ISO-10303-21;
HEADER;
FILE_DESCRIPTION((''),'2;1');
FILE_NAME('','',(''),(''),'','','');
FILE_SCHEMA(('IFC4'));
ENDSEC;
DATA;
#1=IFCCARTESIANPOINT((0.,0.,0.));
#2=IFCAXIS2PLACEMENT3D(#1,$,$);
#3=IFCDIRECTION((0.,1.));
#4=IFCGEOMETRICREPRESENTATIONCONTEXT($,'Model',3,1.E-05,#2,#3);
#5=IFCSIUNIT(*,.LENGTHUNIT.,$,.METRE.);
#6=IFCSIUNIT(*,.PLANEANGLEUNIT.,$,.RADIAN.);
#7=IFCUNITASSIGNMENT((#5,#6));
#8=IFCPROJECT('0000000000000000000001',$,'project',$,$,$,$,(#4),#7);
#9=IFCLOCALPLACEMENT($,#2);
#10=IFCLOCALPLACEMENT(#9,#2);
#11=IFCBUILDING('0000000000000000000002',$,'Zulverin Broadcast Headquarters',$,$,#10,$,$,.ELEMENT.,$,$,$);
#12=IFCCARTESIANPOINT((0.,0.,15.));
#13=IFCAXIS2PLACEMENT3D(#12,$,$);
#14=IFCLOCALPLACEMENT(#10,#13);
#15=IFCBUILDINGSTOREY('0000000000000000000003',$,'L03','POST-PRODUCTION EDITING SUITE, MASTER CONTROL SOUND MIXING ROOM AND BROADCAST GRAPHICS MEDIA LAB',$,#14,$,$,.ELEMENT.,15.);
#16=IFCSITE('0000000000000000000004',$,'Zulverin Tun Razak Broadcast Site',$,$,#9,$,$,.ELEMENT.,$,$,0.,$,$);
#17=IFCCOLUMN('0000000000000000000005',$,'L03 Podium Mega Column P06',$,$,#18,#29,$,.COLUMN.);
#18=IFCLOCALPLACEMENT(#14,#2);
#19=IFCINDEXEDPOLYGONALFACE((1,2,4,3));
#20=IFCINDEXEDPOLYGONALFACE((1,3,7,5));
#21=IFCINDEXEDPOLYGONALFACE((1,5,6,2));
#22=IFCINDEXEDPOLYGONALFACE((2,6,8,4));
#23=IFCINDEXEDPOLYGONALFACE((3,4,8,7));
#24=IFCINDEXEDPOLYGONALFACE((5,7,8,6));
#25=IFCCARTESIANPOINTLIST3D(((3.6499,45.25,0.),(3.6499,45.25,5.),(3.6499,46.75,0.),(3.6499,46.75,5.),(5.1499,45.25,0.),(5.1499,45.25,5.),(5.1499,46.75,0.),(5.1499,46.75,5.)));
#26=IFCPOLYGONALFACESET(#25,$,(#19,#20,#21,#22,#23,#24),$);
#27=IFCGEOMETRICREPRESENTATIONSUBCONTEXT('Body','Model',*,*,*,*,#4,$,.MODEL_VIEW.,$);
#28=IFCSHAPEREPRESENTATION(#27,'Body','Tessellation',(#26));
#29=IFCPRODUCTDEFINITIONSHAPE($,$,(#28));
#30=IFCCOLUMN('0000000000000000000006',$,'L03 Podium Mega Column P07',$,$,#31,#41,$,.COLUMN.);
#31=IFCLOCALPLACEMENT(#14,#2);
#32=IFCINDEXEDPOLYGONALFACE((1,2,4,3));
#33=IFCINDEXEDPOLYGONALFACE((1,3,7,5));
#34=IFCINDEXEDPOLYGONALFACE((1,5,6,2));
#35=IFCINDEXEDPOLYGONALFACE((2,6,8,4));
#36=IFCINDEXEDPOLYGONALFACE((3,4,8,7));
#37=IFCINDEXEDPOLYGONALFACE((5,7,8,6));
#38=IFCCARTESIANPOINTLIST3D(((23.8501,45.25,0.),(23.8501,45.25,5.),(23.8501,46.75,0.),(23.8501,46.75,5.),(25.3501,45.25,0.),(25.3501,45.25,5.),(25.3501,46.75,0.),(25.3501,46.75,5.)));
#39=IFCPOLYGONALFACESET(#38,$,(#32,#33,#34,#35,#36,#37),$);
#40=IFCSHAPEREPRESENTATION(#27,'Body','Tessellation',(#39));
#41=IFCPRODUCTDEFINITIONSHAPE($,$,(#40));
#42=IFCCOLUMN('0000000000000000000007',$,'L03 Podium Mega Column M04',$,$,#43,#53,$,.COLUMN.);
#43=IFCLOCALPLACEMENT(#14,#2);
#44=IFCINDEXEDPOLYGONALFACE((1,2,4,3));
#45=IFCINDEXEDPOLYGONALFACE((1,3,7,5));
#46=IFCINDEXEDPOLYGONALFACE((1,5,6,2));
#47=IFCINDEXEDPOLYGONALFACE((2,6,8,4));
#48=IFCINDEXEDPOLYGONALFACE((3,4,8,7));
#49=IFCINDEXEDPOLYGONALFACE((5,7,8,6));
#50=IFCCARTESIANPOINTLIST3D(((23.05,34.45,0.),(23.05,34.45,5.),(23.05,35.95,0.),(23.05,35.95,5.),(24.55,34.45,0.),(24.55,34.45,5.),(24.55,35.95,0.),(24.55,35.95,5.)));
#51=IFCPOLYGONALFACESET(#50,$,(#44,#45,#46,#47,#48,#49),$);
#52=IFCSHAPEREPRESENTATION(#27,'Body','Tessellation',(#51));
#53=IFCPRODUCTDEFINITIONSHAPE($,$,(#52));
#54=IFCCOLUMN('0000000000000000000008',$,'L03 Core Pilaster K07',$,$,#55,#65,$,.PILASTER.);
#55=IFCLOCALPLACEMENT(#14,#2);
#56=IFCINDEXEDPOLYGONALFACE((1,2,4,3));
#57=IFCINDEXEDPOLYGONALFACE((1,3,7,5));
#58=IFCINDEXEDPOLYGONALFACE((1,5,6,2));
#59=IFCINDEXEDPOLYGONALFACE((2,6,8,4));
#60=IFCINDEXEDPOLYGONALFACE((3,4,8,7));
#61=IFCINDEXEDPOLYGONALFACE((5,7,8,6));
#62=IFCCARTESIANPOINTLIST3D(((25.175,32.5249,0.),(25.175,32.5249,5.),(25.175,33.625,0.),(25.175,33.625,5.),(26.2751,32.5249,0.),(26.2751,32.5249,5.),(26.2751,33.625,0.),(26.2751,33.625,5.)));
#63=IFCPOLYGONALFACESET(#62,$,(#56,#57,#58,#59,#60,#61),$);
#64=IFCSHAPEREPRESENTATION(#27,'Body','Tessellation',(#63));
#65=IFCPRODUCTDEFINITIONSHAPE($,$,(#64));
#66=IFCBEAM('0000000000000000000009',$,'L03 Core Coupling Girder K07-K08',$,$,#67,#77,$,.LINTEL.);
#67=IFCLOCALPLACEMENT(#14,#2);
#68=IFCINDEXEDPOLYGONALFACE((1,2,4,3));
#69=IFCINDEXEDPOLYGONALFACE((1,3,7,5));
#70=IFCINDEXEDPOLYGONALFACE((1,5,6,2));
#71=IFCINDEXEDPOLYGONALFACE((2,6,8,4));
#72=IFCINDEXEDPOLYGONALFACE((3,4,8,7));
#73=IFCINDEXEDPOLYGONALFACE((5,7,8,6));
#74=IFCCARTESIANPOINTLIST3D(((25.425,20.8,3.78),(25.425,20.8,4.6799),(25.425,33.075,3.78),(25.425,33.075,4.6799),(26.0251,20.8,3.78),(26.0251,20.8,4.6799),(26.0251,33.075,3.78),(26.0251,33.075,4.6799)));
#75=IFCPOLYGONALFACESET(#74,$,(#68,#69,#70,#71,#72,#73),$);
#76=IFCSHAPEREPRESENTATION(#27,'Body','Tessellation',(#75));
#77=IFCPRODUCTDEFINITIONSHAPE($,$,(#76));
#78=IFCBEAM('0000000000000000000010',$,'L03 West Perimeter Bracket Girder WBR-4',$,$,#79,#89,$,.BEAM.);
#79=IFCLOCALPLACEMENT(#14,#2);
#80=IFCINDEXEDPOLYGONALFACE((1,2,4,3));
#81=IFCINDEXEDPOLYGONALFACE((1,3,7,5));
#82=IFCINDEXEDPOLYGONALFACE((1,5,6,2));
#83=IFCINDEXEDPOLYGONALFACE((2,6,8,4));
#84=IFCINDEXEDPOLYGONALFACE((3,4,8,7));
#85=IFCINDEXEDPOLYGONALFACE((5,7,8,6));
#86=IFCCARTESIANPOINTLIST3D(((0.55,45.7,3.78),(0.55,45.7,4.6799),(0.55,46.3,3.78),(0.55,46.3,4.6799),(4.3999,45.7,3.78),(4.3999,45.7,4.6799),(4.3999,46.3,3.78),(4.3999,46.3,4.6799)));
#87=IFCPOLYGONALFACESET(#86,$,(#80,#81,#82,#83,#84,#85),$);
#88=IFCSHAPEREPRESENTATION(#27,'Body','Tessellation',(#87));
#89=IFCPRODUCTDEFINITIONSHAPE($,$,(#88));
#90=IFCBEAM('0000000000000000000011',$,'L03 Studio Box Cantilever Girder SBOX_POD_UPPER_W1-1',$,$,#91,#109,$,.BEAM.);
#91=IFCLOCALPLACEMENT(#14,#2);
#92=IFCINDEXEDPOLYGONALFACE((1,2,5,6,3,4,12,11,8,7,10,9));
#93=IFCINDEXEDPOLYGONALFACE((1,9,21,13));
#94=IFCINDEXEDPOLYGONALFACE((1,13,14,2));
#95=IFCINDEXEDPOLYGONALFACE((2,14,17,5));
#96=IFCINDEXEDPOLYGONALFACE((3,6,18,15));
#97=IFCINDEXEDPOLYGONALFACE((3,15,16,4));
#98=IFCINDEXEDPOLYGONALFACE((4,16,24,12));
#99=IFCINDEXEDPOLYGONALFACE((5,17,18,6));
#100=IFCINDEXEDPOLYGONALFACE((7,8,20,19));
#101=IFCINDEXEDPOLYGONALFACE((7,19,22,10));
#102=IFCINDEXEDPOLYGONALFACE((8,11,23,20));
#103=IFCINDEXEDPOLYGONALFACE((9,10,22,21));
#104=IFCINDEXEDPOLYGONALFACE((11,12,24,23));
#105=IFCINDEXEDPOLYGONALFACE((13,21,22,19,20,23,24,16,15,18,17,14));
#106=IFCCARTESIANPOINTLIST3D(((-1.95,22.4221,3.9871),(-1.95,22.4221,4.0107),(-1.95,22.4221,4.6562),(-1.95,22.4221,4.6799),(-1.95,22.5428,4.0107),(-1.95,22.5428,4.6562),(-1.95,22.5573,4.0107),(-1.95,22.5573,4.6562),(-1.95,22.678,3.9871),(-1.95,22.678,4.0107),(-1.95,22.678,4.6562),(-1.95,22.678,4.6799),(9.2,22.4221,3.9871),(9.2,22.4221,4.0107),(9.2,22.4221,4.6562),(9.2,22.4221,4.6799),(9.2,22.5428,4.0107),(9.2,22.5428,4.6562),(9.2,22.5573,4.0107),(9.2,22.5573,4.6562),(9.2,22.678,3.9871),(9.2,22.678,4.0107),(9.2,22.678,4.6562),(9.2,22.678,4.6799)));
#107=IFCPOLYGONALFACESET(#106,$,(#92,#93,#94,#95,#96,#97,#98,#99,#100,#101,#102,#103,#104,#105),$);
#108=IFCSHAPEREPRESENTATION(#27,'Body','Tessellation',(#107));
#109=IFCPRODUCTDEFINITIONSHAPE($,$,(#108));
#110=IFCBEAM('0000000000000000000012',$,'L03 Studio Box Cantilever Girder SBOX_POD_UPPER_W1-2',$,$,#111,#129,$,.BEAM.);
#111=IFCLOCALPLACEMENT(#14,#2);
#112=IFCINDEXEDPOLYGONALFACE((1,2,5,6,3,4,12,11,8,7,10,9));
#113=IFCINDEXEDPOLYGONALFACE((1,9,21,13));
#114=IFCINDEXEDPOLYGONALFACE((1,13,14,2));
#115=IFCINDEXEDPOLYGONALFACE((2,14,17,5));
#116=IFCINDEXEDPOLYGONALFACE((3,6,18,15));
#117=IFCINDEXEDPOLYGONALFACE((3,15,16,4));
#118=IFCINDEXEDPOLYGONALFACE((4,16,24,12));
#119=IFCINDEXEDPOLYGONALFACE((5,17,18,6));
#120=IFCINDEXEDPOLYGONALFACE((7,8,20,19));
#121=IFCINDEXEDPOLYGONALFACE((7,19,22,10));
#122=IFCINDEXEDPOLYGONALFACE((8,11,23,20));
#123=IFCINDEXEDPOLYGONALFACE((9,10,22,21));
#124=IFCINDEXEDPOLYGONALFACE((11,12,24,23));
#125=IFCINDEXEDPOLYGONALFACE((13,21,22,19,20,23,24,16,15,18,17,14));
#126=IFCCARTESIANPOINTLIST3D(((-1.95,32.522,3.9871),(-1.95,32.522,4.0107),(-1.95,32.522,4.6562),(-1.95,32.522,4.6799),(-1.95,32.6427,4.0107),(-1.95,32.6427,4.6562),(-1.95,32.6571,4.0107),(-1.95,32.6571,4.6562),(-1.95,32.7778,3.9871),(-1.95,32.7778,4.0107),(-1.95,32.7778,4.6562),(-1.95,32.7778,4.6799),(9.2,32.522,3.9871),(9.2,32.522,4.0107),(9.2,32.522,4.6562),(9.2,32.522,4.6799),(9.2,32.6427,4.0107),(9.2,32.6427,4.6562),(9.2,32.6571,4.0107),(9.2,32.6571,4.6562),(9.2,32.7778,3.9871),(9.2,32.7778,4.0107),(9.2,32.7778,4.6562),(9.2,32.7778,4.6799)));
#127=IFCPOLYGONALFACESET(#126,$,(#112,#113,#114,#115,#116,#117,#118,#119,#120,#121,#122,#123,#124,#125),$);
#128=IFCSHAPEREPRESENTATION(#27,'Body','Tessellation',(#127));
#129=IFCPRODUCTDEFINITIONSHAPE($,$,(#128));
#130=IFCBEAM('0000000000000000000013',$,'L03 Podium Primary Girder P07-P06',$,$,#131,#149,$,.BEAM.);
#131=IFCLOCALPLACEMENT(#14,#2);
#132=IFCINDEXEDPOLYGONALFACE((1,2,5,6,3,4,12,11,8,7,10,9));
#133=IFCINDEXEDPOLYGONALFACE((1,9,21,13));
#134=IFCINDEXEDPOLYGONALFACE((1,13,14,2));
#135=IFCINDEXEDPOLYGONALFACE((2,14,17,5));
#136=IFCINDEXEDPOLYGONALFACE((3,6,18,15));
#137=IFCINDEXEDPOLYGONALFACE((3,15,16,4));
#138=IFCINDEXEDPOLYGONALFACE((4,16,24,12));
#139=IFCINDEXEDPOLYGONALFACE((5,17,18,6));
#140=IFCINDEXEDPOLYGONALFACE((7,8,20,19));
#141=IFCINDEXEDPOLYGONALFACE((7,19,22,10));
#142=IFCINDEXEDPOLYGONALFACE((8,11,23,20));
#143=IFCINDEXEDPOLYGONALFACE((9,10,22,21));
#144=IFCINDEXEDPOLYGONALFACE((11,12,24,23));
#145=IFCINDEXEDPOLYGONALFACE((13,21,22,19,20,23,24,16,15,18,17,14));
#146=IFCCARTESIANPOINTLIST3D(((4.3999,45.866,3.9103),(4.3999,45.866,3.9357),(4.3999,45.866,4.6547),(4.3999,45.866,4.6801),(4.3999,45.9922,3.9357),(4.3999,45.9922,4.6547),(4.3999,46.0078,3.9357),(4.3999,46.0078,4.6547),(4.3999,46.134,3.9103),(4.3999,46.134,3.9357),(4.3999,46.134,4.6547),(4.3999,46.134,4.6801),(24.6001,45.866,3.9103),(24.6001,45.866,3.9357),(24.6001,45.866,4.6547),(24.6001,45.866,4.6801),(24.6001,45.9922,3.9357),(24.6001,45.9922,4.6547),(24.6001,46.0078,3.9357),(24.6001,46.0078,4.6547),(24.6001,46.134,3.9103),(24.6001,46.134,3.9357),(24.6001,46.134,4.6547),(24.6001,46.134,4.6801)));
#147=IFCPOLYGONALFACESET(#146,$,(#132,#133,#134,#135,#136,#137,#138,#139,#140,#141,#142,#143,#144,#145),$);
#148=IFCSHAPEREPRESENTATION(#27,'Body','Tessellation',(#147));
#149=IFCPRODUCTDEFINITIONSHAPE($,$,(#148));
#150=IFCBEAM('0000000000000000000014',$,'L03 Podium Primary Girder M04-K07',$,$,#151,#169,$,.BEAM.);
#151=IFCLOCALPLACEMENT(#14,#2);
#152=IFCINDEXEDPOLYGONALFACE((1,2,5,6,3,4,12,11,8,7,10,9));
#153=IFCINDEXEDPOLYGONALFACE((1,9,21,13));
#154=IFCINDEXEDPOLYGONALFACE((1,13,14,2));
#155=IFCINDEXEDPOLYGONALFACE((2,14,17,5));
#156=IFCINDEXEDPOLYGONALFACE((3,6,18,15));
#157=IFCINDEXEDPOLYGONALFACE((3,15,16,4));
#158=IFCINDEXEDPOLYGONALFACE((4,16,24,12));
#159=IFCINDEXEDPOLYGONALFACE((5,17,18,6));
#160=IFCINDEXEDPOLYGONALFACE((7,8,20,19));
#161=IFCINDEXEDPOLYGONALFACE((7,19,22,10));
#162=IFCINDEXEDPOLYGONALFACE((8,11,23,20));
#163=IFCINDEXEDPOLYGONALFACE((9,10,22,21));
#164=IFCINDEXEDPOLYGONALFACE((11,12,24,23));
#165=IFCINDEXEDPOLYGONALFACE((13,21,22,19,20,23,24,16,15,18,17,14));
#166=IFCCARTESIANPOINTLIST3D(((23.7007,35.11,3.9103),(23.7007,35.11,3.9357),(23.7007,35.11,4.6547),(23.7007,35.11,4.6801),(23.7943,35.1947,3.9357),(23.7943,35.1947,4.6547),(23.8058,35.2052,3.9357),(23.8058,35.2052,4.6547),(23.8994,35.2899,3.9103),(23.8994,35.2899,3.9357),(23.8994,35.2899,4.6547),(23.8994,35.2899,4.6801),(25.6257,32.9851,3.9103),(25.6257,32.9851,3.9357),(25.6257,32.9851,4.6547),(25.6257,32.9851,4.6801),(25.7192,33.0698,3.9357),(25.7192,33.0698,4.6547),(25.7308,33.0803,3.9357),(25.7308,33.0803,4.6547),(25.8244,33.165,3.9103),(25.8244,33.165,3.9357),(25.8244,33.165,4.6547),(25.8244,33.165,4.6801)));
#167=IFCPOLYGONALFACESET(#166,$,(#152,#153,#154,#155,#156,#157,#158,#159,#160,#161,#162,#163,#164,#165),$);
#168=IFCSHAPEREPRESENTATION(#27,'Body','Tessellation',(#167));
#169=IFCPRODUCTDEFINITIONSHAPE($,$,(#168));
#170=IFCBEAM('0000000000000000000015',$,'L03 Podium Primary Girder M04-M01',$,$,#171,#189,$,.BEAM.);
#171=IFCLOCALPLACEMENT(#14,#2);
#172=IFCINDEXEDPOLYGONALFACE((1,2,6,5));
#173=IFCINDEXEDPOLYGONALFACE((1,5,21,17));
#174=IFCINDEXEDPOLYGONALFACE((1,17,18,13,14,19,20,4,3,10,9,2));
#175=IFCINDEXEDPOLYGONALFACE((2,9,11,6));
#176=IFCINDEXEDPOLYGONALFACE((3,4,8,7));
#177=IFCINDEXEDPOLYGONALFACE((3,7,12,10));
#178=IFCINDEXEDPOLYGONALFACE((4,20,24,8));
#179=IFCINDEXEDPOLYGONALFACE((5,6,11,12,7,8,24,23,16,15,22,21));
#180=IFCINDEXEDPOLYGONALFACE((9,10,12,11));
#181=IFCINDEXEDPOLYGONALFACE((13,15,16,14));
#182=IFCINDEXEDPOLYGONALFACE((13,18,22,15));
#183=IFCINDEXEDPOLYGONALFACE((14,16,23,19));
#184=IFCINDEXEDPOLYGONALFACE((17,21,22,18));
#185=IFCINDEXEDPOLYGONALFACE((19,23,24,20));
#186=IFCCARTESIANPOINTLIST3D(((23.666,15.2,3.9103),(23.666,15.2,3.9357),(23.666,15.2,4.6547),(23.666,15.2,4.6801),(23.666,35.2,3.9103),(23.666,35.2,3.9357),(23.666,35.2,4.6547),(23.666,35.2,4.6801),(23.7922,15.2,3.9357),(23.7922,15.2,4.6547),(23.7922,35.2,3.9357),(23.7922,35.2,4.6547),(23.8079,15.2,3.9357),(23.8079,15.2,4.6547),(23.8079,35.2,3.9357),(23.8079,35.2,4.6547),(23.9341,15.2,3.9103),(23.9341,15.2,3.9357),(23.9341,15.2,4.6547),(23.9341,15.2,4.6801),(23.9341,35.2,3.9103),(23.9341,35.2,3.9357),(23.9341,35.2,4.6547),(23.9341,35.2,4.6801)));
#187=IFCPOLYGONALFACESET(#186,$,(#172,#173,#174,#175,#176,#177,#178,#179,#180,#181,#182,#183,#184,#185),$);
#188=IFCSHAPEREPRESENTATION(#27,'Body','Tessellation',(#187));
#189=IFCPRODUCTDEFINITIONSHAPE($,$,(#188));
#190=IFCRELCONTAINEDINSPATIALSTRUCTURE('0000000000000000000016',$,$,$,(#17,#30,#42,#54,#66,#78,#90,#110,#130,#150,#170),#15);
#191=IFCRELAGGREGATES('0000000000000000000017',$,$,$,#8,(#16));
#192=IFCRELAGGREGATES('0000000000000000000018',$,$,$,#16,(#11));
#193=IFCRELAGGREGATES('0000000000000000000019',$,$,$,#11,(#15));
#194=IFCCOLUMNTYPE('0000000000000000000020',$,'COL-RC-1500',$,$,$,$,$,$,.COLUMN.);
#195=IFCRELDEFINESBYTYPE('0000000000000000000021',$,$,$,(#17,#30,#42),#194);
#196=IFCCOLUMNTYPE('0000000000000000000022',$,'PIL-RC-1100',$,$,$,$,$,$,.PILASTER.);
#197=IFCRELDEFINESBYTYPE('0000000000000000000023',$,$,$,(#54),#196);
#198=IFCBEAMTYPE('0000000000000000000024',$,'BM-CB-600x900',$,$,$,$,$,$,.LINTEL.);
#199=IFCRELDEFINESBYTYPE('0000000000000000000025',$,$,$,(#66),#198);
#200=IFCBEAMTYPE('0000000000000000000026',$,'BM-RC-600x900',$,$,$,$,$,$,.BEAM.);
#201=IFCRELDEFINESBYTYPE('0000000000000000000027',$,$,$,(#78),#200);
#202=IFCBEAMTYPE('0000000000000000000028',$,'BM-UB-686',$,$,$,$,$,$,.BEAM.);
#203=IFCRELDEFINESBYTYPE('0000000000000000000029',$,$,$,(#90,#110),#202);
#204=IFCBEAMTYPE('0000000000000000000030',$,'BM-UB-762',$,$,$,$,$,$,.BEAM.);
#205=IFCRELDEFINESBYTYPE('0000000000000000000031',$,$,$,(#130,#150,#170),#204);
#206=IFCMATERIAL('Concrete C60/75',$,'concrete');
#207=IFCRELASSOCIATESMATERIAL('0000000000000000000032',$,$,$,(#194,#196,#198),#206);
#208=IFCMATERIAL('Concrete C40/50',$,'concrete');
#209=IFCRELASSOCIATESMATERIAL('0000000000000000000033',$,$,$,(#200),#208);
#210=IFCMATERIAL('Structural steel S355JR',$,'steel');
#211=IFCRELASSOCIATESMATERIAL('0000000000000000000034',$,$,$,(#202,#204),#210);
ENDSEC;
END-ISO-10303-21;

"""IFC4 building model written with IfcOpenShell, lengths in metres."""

from ifc_helpers import new_model, si_unit, direction, frame, origin, origin_2d, place, context, subcontext, project, spatial, rectangle, i_section, extrude, material, material_profile, profile_set, type_object, element, save


model = new_model("IFC4")

# Units and contexts
model_context = context("Model", 3, precision=1e-05, world=origin(), true_north=direction((0.0, 1.0)))
body_context = subcontext(model_context, "Body", "Model", "MODEL_VIEW")
ifc_project = project(units=[si_unit("LENGTHUNIT", "METRE"), si_unit("PLANEANGLEUNIT", "RADIAN")], contexts=[model_context])

# Site, building, storey
site_placement = place(None, origin())
site = spatial("IfcSite", under=ifc_project, at=site_placement, Name="Zulverin Tun Razak Broadcast Site", CompositionType="ELEMENT", RefElevation=0.0)
building_placement = place(site_placement, origin())
building = spatial("IfcBuilding", under=site, at=building_placement, Name="Zulverin Broadcast Headquarters", CompositionType="ELEMENT")
storey_placement = place(building_placement, frame((0.0, 0.0, 15.0)))
storey = spatial("IfcBuildingStorey", under=building, at=storey_placement, Name="L03", Description="POST-PRODUCTION EDITING SUITE, MASTER CONTROL SOUND MIXING ROOM AND BROADCAST GRAPHICS MEDIA LAB", CompositionType="ELEMENT", Elevation=15.0)

# Columns
ifc_material_1 = material(Name="Concrete C60/75", Category="concrete")
ifc_material_profile_1 = material_profile(ifc_material_1, rectangle(XDim=1.5, YDim=1.5, at=origin_2d()), Name="Concrete C60/75", Category="concrete")
ifc_profile_set_1 = profile_set([ifc_material_profile_1], Name="Concrete C60/75")
column_type_1 = type_object("IfcColumnType", Name="COL-RC-1500", PredefinedType="COLUMN", material=ifc_profile_set_1)
for number, where, z_axis, x_axis, name in (
    (1, (4.3999, 46.0, 0.0), (0.0, 0.0, 1.0), (1.0, 0.0, 0.0), "L03 Podium Mega Column P06"),
    (2, (24.6001, 46.0, 0.0), (0.0, 0.0, 1.0), (1.0, 0.0, 0.0), "L03 Podium Mega Column P07"),
    (3, (23.8, 35.2, 0.0), (0.0, 0.0, 1.0), (1.0, 0.0, 0.0), "L03 Podium Mega Column M04"),
):
    element("IfcColumn", number, at=place(storey_placement, frame(where, z_axis=z_axis, x_axis=x_axis)), inside=storey, type_object=column_type_1, Name=name, PredefinedType="COLUMN", context=body_context, shape_type="SweptSolid", body=[
        extrude(rectangle(XDim=1.5, YDim=1.5, at=origin_2d()), origin(), (0.0, 0.0, 1.0), 5.0),
    ])
ifc_material_profile_2 = material_profile(ifc_material_1, rectangle(XDim=1.1001, YDim=1.1001, at=origin_2d()), Name="Concrete C60/75", Category="concrete")
ifc_profile_set_2 = profile_set([ifc_material_profile_2], Name="Concrete C60/75")
column_type_2 = type_object("IfcColumnType", Name="PIL-RC-1100", PredefinedType="PILASTER", material=ifc_profile_set_2)
column_placement = place(storey_placement, frame((25.7251, 33.075, 0.0), z_axis=(0.0, 0.0, 1.0), x_axis=(1.0, 0.0, 0.0)))
element("IfcColumn", 4, at=column_placement, inside=storey, type_object=column_type_2, Name="L03 Core Pilaster K07", PredefinedType="PILASTER", context=body_context, shape_type="SweptSolid", body=[
    extrude(rectangle(XDim=1.1001, YDim=1.1001, at=origin_2d()), origin(), (0.0, 0.0, 1.0), 5.0),
])

# Beams
ifc_material_profile_3 = material_profile(ifc_material_1, rectangle(XDim=0.6001, YDim=0.8999, at=origin_2d()), Name="Concrete C60/75", Category="concrete")
ifc_profile_set_3 = profile_set([ifc_material_profile_3], Name="Concrete C60/75")
beam_type_1 = type_object("IfcBeamType", Name="BM-CB-600x900", PredefinedType="LINTEL", material=ifc_profile_set_3)
beam_1_placement = place(storey_placement, frame((25.7251, 33.075, 4.23), z_axis=(0.0, -1.0, 0.0), x_axis=(1.0, 0.0, 0.0)))
element("IfcBeam", 5, at=beam_1_placement, inside=storey, type_object=beam_type_1, Name="L03 Core Coupling Girder K07-K08", PredefinedType="LINTEL", context=body_context, shape_type="SweptSolid", body=[
    extrude(rectangle(XDim=0.6001, YDim=0.8999, at=origin_2d()), origin(), (0.0, 0.0, 1.0), 12.2749),
])
ifc_material_2 = material(Name="Concrete C40/50", Category="concrete")
ifc_material_profile_4 = material_profile(ifc_material_2, rectangle(XDim=0.6001, YDim=0.8999, at=origin_2d()), Name="Concrete C40/50", Category="concrete")
ifc_profile_set_4 = profile_set([ifc_material_profile_4], Name="Concrete C40/50")
beam_type_2 = type_object("IfcBeamType", Name="BM-RC-600x900", PredefinedType="BEAM", material=ifc_profile_set_4)
beam_2_placement = place(storey_placement, frame((4.3999, 46.0, 4.23), z_axis=(-1.0, 0.0, 0.0), x_axis=(0.0, -1.0, 0.0)))
element("IfcBeam", 6, at=beam_2_placement, inside=storey, type_object=beam_type_2, Name="L03 West Perimeter Bracket Girder WBR-4", PredefinedType="BEAM", context=body_context, shape_type="SweptSolid", body=[
    extrude(rectangle(XDim=0.6001, YDim=0.8999, at=origin_2d()), origin(), (0.0, 0.0, 1.0), 3.8499),
])
ifc_material_3 = material(Name="Structural steel S355JR", Category="steel")
ifc_material_profile_5 = material_profile(ifc_material_3, i_section(OverallWidth=0.2559, OverallDepth=0.6929, WebThickness=0.0144, FlangeThickness=0.0237, at=origin_2d()), Name="Structural steel S355JR", Category="steel")
ifc_profile_set_5 = profile_set([ifc_material_profile_5], Name="Structural steel S355JR")
beam_type_3 = type_object("IfcBeamType", Name="BM-UB-686", PredefinedType="BEAM", material=ifc_profile_set_5)
for number, where, z_axis, x_axis, name in (
    (7, (9.2, 22.55, 4.3335), (-1.0, 0.0, 0.0), (0.0, -1.0, 0.0), "L03 Studio Box Cantilever Girder SBOX_POD_UPPER_W1-1"),
    (8, (9.2, 32.6499, 4.3335), (-1.0, 0.0, 0.0), (0.0, -1.0, 0.0), "L03 Studio Box Cantilever Girder SBOX_POD_UPPER_W1-2"),
):
    element("IfcBeam", number, at=place(storey_placement, frame(where, z_axis=z_axis, x_axis=x_axis)), inside=storey, type_object=beam_type_3, Name=name, PredefinedType="BEAM", context=body_context, shape_type="SweptSolid", body=[
        extrude(i_section(OverallWidth=0.2559, OverallDepth=0.6929, WebThickness=0.0144, FlangeThickness=0.0237, at=origin_2d()), origin(), (0.0, 0.0, 1.0), 11.1499),
    ])
ifc_material_profile_6 = material_profile(ifc_material_3, i_section(OverallWidth=0.2681, OverallDepth=0.7698, WebThickness=0.0156, FlangeThickness=0.0254, at=origin_2d()), Name="Structural steel S355JR", Category="steel")
ifc_profile_set_6 = profile_set([ifc_material_profile_6], Name="Structural steel S355JR")
beam_type_4 = type_object("IfcBeamType", Name="BM-UB-762", PredefinedType="BEAM", material=ifc_profile_set_6)
beam_3_placement = place(storey_placement, frame((24.6001, 46.0, 4.2952), z_axis=(-1.0, 0.0, 0.0), x_axis=(0.0, -1.0, 0.0)))
element("IfcBeam", 9, at=beam_3_placement, inside=storey, type_object=beam_type_4, Name="L03 Podium Primary Girder P07-P06", PredefinedType="BEAM", context=body_context, shape_type="SweptSolid", body=[
    extrude(i_section(OverallWidth=0.2681, OverallDepth=0.7698, WebThickness=0.0156, FlangeThickness=0.0254, at=origin_2d()), origin(), (0.0, 0.0, 1.0), 20.2002),
])
beam_4_placement = place(storey_placement, frame((23.8, 35.2, 4.2952), z_axis=(0.671379, -0.741114, 0.0), x_axis=(0.741114, 0.671379, 0.0)))
element("IfcBeam", 10, at=beam_4_placement, inside=storey, type_object=beam_type_4, Name="L03 Podium Primary Girder M04-K07", PredefinedType="BEAM", context=body_context, shape_type="SweptSolid", body=[
    extrude(i_section(OverallWidth=0.2681, OverallDepth=0.7698, WebThickness=0.0156, FlangeThickness=0.0254, at=origin_2d()), origin(), (0.0, 0.0, 1.0), 2.8672),
])
beam_5_placement = place(storey_placement, frame((23.8, 35.2, 4.2952), z_axis=(0.0, -1.0, 0.0), x_axis=(1.0, 0.0, 0.0)))
element("IfcBeam", 11, at=beam_5_placement, inside=storey, type_object=beam_type_4, Name="L03 Podium Primary Girder M04-M01", PredefinedType="BEAM", context=body_context, shape_type="SweptSolid", body=[
    extrude(i_section(OverallWidth=0.2681, OverallDepth=0.7698, WebThickness=0.0156, FlangeThickness=0.0254, at=origin_2d()), origin(), (0.0, 0.0, 1.0), 20.0),
])

save(model, "model.ifc")
